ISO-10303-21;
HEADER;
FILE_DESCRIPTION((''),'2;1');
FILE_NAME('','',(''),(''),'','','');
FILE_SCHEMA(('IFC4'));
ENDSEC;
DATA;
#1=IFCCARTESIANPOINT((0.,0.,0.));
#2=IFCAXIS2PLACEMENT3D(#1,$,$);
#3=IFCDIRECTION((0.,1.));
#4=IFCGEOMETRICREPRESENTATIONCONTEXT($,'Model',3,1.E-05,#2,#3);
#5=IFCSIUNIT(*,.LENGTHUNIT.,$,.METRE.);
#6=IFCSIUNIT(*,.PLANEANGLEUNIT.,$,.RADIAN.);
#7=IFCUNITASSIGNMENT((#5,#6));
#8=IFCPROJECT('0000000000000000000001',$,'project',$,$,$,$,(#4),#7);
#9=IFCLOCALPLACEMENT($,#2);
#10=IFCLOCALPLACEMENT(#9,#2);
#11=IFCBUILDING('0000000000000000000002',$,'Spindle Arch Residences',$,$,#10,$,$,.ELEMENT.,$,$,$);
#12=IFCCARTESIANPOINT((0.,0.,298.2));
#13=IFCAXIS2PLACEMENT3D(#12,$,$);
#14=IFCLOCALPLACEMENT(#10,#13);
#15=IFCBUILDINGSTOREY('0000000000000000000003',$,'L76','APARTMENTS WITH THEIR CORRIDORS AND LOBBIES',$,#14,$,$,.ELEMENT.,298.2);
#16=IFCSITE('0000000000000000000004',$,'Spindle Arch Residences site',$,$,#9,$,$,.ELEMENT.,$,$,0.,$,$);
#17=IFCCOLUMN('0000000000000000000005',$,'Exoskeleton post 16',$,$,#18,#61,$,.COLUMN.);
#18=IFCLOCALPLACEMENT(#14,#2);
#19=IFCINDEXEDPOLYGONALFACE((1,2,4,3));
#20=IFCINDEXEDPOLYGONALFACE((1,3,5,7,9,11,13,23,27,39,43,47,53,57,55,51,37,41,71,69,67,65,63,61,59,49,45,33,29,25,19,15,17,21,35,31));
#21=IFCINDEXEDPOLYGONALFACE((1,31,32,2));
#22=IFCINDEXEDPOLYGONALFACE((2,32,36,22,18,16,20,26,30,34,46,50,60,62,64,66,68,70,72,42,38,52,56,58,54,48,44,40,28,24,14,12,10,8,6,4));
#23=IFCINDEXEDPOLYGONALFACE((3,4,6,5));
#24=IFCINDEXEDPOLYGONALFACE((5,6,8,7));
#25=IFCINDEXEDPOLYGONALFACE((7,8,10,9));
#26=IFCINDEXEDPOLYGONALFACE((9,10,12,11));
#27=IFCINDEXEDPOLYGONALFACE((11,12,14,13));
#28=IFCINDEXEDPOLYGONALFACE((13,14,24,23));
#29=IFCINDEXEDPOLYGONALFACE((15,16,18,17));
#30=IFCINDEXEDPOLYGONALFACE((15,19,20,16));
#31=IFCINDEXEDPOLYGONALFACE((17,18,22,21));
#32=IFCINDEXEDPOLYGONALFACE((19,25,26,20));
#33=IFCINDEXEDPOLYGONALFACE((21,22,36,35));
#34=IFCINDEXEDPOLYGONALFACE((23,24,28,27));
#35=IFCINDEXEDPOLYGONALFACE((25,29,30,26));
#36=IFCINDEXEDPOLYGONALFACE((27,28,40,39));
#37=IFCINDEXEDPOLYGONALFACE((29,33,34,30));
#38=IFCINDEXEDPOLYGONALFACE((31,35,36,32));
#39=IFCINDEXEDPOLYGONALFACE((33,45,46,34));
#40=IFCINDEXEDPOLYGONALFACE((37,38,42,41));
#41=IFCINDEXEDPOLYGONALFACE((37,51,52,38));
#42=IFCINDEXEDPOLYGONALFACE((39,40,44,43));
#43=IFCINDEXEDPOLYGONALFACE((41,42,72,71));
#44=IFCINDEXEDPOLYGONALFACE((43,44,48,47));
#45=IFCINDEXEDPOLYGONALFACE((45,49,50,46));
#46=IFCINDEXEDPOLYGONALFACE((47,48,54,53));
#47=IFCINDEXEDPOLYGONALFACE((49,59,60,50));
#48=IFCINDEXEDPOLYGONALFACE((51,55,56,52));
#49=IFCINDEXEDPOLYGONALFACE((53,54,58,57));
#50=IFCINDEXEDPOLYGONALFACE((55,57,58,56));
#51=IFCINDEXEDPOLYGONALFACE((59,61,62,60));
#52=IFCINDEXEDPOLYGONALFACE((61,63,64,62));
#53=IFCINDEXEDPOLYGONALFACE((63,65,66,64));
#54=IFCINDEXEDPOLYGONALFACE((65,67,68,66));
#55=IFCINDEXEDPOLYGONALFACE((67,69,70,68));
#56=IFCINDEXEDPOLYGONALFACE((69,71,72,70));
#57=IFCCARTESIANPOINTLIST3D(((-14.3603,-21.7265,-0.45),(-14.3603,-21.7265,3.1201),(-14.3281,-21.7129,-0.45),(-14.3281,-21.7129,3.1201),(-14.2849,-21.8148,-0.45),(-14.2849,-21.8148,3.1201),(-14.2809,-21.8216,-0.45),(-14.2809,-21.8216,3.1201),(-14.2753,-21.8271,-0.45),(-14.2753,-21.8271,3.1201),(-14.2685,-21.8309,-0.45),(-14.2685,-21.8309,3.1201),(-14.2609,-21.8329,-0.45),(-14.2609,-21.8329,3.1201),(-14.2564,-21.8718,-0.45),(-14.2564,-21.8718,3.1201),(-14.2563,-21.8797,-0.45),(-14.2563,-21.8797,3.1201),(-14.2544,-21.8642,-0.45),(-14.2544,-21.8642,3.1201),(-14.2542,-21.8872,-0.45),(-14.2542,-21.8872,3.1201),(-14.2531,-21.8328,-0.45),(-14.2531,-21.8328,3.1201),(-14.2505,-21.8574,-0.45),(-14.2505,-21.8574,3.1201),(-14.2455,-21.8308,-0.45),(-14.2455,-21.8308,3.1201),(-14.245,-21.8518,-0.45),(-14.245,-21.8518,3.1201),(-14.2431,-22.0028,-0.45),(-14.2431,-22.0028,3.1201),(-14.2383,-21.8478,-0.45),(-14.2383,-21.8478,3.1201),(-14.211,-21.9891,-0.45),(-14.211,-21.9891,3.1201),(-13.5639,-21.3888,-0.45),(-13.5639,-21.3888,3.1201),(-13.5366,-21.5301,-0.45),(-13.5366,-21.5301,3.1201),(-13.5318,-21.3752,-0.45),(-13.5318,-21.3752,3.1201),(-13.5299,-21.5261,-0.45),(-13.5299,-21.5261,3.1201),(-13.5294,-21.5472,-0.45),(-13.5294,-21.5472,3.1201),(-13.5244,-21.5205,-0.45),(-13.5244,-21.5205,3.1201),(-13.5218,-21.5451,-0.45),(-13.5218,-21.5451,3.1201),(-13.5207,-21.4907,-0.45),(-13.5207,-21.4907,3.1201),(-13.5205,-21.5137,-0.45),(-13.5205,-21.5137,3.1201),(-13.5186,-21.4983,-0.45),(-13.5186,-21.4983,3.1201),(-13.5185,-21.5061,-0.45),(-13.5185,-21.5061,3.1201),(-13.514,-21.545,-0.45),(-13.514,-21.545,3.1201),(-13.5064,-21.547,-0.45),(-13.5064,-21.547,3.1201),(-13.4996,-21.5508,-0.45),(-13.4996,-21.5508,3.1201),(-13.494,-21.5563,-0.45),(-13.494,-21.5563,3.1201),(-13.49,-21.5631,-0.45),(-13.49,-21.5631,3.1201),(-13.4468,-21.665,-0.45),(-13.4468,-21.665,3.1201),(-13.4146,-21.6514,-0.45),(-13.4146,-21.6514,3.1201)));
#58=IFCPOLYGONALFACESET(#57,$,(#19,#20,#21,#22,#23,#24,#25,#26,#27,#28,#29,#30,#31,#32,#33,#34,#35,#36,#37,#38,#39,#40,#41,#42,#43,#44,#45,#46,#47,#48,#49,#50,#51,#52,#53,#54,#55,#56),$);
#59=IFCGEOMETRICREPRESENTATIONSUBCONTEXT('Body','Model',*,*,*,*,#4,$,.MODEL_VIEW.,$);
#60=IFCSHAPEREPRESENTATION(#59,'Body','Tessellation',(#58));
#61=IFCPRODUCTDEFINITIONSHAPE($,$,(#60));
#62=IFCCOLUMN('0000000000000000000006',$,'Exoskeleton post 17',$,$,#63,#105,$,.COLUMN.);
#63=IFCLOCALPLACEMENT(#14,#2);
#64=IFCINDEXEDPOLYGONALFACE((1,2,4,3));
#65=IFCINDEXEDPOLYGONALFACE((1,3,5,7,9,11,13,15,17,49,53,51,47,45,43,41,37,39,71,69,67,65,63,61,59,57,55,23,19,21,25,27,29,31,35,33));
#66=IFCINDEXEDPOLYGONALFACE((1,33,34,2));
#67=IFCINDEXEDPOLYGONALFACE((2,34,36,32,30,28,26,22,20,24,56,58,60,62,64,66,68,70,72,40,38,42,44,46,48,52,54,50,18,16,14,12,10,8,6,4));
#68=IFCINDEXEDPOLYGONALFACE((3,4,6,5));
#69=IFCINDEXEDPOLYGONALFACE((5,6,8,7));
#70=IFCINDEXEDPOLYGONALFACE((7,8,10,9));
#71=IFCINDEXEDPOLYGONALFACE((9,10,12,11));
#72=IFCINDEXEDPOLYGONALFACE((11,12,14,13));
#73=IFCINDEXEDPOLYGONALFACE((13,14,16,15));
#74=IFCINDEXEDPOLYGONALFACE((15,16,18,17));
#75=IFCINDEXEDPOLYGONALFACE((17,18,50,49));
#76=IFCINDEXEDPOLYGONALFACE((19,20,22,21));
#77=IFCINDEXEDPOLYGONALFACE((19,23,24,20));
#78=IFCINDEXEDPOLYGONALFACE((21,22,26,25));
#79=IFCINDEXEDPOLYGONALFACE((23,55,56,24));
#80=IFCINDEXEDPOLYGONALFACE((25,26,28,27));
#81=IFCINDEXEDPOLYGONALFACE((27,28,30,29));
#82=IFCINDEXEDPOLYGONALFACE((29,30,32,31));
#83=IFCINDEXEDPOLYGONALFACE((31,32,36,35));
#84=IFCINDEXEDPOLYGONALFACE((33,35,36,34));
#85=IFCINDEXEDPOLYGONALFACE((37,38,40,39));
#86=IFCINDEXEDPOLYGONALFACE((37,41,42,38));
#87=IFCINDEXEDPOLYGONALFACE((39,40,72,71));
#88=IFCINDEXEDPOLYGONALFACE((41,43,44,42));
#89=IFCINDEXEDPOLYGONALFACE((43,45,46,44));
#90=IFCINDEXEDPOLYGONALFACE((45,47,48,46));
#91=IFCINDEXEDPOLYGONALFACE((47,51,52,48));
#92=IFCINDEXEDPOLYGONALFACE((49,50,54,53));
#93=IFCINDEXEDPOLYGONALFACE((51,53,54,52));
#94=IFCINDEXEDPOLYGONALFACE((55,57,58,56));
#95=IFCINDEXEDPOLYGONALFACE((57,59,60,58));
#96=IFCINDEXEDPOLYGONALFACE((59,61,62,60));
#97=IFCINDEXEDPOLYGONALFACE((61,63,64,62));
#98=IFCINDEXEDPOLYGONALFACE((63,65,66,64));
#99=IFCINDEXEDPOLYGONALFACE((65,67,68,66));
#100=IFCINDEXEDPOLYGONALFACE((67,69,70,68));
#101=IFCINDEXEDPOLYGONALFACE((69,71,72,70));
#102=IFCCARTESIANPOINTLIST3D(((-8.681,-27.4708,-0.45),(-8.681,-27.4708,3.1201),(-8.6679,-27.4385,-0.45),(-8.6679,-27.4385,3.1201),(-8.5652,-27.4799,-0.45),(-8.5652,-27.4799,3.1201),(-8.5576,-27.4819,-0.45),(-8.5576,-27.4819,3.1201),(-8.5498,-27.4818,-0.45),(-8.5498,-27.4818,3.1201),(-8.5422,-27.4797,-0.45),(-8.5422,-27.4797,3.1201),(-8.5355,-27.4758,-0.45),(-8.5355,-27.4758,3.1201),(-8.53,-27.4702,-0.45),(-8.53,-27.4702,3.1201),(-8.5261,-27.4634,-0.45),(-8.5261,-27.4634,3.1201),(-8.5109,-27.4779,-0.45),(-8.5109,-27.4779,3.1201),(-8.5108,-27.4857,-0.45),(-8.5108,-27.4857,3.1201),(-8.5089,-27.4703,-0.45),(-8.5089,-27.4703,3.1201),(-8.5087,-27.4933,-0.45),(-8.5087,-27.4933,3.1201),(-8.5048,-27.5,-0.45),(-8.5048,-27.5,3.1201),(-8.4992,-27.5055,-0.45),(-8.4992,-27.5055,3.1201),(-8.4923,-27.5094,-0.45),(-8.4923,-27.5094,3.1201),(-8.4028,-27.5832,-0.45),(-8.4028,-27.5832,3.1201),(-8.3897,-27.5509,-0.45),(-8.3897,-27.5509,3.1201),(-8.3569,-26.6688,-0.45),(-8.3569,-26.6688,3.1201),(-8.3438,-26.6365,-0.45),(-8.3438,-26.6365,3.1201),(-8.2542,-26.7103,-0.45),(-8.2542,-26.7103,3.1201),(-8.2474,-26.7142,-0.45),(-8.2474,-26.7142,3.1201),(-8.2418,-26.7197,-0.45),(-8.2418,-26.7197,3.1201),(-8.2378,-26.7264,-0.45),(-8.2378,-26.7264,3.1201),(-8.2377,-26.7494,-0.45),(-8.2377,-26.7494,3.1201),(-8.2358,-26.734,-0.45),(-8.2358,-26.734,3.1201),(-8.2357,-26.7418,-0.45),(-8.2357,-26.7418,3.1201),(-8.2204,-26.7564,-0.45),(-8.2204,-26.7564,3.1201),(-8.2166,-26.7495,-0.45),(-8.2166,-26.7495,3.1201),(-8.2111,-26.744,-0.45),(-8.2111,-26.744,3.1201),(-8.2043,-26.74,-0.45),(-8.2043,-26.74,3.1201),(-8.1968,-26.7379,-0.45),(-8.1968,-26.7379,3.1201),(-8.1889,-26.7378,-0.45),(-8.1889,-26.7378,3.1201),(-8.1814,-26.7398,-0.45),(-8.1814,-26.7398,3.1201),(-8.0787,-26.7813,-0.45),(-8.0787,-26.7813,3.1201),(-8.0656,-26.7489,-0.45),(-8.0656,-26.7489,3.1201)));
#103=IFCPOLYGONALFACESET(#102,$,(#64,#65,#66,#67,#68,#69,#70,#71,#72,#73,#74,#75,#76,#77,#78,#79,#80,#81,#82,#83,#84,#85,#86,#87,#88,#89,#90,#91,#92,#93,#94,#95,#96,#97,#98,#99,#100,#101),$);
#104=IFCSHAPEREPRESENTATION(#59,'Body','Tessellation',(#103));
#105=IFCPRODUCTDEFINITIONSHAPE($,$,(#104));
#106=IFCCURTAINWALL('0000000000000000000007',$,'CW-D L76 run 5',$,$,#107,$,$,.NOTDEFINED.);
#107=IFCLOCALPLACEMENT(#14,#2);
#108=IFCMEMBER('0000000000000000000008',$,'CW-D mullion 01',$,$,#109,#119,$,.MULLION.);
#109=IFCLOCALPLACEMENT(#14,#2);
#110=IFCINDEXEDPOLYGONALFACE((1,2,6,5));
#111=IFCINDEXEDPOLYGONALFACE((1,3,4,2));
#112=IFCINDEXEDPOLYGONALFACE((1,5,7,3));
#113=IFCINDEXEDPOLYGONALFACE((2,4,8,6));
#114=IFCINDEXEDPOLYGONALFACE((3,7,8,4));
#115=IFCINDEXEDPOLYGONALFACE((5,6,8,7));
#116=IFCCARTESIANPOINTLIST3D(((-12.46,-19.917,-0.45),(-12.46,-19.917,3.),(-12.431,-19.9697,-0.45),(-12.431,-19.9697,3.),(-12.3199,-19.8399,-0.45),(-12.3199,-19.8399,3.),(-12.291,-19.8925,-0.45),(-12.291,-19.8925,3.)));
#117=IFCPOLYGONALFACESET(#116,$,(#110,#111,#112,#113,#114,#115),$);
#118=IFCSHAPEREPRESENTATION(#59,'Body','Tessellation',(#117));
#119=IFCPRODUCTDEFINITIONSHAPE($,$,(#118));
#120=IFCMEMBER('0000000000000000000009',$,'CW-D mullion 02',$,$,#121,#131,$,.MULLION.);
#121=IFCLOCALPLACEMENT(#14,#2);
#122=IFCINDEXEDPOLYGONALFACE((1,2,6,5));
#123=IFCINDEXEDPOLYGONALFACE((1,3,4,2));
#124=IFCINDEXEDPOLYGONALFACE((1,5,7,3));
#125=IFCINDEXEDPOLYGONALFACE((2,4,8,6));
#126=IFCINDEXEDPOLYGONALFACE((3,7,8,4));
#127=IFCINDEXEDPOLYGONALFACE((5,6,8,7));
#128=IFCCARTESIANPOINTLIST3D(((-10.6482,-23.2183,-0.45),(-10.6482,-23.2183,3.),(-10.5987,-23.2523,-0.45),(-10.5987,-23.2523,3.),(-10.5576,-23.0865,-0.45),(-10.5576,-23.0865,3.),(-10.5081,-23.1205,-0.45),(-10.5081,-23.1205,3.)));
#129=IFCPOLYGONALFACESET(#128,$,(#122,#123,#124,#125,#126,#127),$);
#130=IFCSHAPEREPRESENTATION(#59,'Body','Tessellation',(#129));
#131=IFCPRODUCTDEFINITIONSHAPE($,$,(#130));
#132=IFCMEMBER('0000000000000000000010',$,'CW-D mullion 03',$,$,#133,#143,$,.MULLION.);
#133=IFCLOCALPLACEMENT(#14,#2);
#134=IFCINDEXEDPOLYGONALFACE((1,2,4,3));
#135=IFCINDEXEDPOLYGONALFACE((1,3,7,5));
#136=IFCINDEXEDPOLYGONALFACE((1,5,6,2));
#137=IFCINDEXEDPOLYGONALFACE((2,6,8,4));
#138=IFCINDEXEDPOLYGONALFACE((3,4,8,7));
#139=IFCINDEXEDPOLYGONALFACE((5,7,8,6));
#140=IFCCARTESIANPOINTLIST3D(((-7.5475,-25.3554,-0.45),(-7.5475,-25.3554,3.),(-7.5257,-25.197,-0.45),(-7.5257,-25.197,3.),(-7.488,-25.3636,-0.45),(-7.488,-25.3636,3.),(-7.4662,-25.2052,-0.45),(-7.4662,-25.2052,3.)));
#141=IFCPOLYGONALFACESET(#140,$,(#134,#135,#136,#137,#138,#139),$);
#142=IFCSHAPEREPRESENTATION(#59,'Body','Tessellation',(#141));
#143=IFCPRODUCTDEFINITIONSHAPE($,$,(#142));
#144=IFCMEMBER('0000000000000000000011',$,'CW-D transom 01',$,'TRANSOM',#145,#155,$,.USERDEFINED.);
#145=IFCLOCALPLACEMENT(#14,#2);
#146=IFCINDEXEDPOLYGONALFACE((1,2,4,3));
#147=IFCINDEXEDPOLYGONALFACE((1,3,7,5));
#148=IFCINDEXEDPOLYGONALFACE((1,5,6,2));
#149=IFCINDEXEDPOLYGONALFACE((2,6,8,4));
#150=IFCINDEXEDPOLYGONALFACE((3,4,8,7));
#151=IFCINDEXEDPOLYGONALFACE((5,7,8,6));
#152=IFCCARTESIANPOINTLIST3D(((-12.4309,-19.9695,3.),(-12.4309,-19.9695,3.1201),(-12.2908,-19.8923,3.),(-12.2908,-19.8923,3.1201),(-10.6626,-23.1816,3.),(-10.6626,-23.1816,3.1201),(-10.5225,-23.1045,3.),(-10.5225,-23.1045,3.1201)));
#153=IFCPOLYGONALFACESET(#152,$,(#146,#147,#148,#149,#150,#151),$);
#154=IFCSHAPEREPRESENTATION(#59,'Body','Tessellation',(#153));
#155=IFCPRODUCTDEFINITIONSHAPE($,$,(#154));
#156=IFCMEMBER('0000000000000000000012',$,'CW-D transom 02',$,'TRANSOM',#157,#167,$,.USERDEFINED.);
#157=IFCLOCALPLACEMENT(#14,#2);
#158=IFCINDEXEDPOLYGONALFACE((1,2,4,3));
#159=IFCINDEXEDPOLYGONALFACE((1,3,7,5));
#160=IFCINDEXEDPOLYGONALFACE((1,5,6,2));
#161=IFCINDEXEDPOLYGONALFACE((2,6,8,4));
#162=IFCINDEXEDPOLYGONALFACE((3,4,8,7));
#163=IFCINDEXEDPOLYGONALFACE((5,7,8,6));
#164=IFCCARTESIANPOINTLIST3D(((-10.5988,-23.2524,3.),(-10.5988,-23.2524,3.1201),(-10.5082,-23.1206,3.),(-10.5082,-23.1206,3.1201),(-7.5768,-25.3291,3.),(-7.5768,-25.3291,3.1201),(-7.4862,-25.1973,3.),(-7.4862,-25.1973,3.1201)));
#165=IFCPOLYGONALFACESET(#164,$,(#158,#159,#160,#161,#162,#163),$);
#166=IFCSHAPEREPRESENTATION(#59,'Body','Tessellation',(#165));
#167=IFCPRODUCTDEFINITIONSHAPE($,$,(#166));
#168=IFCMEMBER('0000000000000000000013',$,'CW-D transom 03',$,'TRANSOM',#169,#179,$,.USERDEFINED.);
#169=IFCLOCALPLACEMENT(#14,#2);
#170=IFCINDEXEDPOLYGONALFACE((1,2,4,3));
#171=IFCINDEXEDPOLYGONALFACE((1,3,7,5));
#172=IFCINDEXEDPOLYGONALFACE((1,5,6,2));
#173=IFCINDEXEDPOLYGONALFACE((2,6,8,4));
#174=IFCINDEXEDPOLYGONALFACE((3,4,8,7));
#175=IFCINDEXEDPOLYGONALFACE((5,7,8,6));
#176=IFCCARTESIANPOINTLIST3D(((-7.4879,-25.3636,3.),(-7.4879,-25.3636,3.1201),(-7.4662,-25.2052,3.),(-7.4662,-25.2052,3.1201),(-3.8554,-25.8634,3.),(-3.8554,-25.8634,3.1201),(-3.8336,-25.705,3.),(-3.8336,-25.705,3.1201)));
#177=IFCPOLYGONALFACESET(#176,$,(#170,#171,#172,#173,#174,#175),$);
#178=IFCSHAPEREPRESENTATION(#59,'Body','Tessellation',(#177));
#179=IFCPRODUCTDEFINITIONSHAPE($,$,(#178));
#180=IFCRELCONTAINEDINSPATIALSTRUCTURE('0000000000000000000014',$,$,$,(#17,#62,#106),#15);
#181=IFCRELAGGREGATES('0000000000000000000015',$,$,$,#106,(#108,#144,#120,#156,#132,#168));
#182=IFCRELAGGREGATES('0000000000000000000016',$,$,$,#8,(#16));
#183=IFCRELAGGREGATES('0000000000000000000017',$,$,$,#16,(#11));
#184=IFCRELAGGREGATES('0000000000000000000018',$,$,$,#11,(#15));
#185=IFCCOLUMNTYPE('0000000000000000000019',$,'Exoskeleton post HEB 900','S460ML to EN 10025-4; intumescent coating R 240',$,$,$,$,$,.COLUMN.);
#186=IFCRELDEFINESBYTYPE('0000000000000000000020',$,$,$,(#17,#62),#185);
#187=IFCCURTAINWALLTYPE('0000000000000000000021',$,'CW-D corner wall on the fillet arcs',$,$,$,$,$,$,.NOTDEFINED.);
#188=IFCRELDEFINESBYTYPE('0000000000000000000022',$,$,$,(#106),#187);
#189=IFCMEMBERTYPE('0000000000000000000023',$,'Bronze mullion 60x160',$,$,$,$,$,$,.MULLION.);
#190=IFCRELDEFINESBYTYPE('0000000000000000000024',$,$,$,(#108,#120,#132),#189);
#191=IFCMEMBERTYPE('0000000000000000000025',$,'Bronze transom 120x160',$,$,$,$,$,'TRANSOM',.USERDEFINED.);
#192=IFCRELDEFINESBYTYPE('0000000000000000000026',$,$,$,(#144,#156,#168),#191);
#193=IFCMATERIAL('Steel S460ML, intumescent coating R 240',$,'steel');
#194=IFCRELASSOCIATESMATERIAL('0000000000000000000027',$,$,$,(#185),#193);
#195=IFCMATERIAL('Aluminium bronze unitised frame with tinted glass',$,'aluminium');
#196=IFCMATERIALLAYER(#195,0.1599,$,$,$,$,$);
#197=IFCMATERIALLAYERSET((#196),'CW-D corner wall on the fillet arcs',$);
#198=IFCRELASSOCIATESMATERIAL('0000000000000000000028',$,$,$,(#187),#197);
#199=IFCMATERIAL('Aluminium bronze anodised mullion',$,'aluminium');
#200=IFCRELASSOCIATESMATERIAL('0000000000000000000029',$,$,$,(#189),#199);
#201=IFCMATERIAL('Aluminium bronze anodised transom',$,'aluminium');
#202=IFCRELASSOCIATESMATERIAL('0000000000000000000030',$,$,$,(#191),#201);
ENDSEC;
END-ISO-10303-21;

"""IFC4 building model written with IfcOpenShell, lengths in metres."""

from ifc_helpers import new_model, si_unit, direction, frame, origin, origin_2d, place, context, subcontext, project, spatial, rectangle, i_section, extrude, material, layer, layer_set, material_profile, profile_set, type_object, element, aggregate, save


model = new_model("IFC4")

# Units and contexts
model_context = context("Model", 3, precision=1e-05, world=origin(), true_north=direction((0.0, 1.0)))
body_context = subcontext(model_context, "Body", "Model", "MODEL_VIEW")
ifc_project = project(units=[si_unit("LENGTHUNIT", "METRE"), si_unit("PLANEANGLEUNIT", "RADIAN")], contexts=[model_context])

# Site, building, storey
site_placement = place(None, origin())
site = spatial("IfcSite", under=ifc_project, at=site_placement, Name="Spindle Arch Residences site", CompositionType="ELEMENT", RefElevation=0.0)
building_placement = place(site_placement, origin())
building = spatial("IfcBuilding", under=site, at=building_placement, Name="Spindle Arch Residences", CompositionType="ELEMENT")
storey_placement = place(building_placement, frame((0.0, 0.0, 298.2)))
storey = spatial("IfcBuildingStorey", under=building, at=storey_placement, Name="L76", Description="APARTMENTS WITH THEIR CORRIDORS AND LOBBIES", CompositionType="ELEMENT", Elevation=298.2)

# Columns
ifc_material_1 = material(Name="Steel S460ML, intumescent coating R 240", Category="steel")
ifc_material_profile_1 = material_profile(ifc_material_1, i_section(OverallWidth=0.3, OverallDepth=0.8999, WebThickness=0.0186, FlangeThickness=0.0349, FilletRadius=0.03, at=origin_2d()), Name="HEB 900")
ifc_profile_set_1 = profile_set([ifc_material_profile_1], Name="Steel S460ML, intumescent coating R 240")
column_type = type_object("IfcColumnType", Name="Exoskeleton post HEB 900", Description="S460ML to EN 10025-4; intumescent coating R 240", PredefinedType="COLUMN", material=ifc_profile_set_1)
for number, where, z_axis, x_axis, name in (
    (1, (-13.8875, -21.689, -0.45), (0.0, 0.0, 1.0), (-0.390458, 0.920621, 0.0), "Exoskeleton post 16"),
    (2, (-8.3733, -27.1099, -0.45), (0.0, 0.0, 1.0), (-0.927168, 0.374646, 0.0), "Exoskeleton post 17"),
):
    element("IfcColumn", number, at=place(storey_placement, frame(where, z_axis=z_axis, x_axis=x_axis)), inside=storey, type_object=column_type, Name=name, PredefinedType="COLUMN", context=body_context, shape_type="SweptSolid", body=[
        extrude(i_section(OverallWidth=0.3, OverallDepth=0.8999, WebThickness=0.0186, FlangeThickness=0.0349, FilletRadius=0.03, at=origin_2d()), origin(), (0.0, 0.0, 1.0), 3.5701),
    ])

# Curtain wall, members
ifc_material_2 = material(Name="Aluminium bronze unitised frame with tinted glass", Category="aluminium")
ifc_layer_1 = layer(ifc_material_2, 0.1599)
ifc_layer_set_1 = layer_set([ifc_layer_1], Name="CW-D corner wall on the fillet arcs")
curtain_wall_type = type_object("IfcCurtainWallType", Name="CW-D corner wall on the fillet arcs", PredefinedType="NOTDEFINED", material=ifc_layer_set_1)
curtain_wall_placement = place(storey_placement, origin())
curtain_wall = element("IfcCurtainWall", 3, at=curtain_wall_placement, inside=storey, type_object=curtain_wall_type, Name="CW-D L76 run 5", PredefinedType="NOTDEFINED")
ifc_material_3 = material(Name="Aluminium bronze anodised mullion", Category="aluminium")
ifc_material_profile_2 = material_profile(ifc_material_3, rectangle(XDim=0.1599, YDim=0.0601, at=origin_2d()), Name="MU 60x160")
ifc_profile_set_2 = profile_set([ifc_material_profile_2], Name="Aluminium bronze anodised mullion")
member_type_1 = type_object("IfcMemberType", Name="Bronze mullion 60x160", PredefinedType="MULLION", material=ifc_profile_set_2)
member_1_placement = place(storey_placement, frame((-12.3755, -19.9048, -0.45), z_axis=(0.0, 0.0, 1.0), x_axis=(0.876026, 0.482263, 0.0)))
member_1 = element("IfcMember", 4, at=member_1_placement, type_object=member_type_1, Name="CW-D mullion 01", PredefinedType="MULLION", context=body_context, shape_type="SweptSolid", body=[
    extrude(rectangle(XDim=0.1599, YDim=0.0601, at=origin_2d()), origin(), (0.0, 0.0, 1.0), 3.45),
])
member_2_placement = place(storey_placement, frame((-10.5781, -23.1694, -0.45), z_axis=(0.0, 0.0, 1.0), x_axis=(0.566406, 0.824126, 0.0)))
member_2 = element("IfcMember", 5, at=member_2_placement, type_object=member_type_1, Name="CW-D mullion 02", PredefinedType="MULLION", context=body_context, shape_type="SweptSolid", body=[
    extrude(rectangle(XDim=0.1599, YDim=0.0601, at=origin_2d()), origin(), (0.0, 0.0, 1.0), 3.45),
])
member_3_placement = place(storey_placement, frame((-7.5068, -25.2803, -0.45), z_axis=(0.0, 0.0, 1.0), x_axis=(0.136292, 0.990669, 0.0)))
member_3 = element("IfcMember", 6, at=member_3_placement, type_object=member_type_1, Name="CW-D mullion 03", PredefinedType="MULLION", context=body_context, shape_type="SweptSolid", body=[
    extrude(rectangle(XDim=0.1599, YDim=0.0601, at=origin_2d()), origin(), (0.0, 0.0, 1.0), 3.45),
])
ifc_material_4 = material(Name="Aluminium bronze anodised transom", Category="aluminium")
ifc_material_profile_3 = material_profile(ifc_material_4, rectangle(XDim=0.1599, YDim=0.1201, at=origin_2d()), Name="TR 120x160")
ifc_profile_set_3 = profile_set([ifc_material_profile_3], Name="Aluminium bronze anodised transom")
member_type_2 = type_object("IfcMemberType", Name="Bronze transom 120x160", ElementType="TRANSOM", PredefinedType="USERDEFINED", material=ifc_profile_set_3)
member_4_placement = place(storey_placement, frame((-12.3608, -19.9309, 3.0601), z_axis=(0.482259, -0.876029, 0.0), x_axis=(0.876029, 0.482259, 0.0)))
member_4 = element("IfcMember", 7, at=member_4_placement, type_object=member_type_2, Name="CW-D transom 01", ObjectType="TRANSOM", PredefinedType="USERDEFINED", context=body_context, shape_type="SweptSolid", body=[
    extrude(rectangle(XDim=0.1599, YDim=0.1201, at=origin_2d()), origin(), (0.0, 0.0, 1.0), 3.6667),
])
member_5_placement = place(storey_placement, frame((-10.5535, -23.1865, 3.0601), z_axis=(0.824162, -0.566354, 0.0), x_axis=(0.566354, 0.824162, 0.0)))
member_5 = element("IfcMember", 8, at=member_5_placement, type_object=member_type_2, Name="CW-D transom 02", ObjectType="TRANSOM", PredefinedType="USERDEFINED", context=body_context, shape_type="SweptSolid", body=[
    extrude(rectangle(XDim=0.1599, YDim=0.1201, at=origin_2d()), origin(), (0.0, 0.0, 1.0), 3.6667),
])
member_6_placement = place(storey_placement, frame((-7.4771, -25.2844, 3.0601), z_axis=(0.990669, -0.136293, 0.0), x_axis=(0.136293, 0.990669, 0.0)))
member_6 = element("IfcMember", 9, at=member_6_placement, type_object=member_type_2, Name="CW-D transom 03", ObjectType="TRANSOM", PredefinedType="USERDEFINED", context=body_context, shape_type="SweptSolid", body=[
    extrude(rectangle(XDim=0.1599, YDim=0.1201, at=origin_2d()), origin(), (0.0, 0.0, 1.0), 3.6667),
])

aggregate(curtain_wall, [member_1, member_4, member_2, member_5, member_3, member_6])

save(model, "model.ifc")
